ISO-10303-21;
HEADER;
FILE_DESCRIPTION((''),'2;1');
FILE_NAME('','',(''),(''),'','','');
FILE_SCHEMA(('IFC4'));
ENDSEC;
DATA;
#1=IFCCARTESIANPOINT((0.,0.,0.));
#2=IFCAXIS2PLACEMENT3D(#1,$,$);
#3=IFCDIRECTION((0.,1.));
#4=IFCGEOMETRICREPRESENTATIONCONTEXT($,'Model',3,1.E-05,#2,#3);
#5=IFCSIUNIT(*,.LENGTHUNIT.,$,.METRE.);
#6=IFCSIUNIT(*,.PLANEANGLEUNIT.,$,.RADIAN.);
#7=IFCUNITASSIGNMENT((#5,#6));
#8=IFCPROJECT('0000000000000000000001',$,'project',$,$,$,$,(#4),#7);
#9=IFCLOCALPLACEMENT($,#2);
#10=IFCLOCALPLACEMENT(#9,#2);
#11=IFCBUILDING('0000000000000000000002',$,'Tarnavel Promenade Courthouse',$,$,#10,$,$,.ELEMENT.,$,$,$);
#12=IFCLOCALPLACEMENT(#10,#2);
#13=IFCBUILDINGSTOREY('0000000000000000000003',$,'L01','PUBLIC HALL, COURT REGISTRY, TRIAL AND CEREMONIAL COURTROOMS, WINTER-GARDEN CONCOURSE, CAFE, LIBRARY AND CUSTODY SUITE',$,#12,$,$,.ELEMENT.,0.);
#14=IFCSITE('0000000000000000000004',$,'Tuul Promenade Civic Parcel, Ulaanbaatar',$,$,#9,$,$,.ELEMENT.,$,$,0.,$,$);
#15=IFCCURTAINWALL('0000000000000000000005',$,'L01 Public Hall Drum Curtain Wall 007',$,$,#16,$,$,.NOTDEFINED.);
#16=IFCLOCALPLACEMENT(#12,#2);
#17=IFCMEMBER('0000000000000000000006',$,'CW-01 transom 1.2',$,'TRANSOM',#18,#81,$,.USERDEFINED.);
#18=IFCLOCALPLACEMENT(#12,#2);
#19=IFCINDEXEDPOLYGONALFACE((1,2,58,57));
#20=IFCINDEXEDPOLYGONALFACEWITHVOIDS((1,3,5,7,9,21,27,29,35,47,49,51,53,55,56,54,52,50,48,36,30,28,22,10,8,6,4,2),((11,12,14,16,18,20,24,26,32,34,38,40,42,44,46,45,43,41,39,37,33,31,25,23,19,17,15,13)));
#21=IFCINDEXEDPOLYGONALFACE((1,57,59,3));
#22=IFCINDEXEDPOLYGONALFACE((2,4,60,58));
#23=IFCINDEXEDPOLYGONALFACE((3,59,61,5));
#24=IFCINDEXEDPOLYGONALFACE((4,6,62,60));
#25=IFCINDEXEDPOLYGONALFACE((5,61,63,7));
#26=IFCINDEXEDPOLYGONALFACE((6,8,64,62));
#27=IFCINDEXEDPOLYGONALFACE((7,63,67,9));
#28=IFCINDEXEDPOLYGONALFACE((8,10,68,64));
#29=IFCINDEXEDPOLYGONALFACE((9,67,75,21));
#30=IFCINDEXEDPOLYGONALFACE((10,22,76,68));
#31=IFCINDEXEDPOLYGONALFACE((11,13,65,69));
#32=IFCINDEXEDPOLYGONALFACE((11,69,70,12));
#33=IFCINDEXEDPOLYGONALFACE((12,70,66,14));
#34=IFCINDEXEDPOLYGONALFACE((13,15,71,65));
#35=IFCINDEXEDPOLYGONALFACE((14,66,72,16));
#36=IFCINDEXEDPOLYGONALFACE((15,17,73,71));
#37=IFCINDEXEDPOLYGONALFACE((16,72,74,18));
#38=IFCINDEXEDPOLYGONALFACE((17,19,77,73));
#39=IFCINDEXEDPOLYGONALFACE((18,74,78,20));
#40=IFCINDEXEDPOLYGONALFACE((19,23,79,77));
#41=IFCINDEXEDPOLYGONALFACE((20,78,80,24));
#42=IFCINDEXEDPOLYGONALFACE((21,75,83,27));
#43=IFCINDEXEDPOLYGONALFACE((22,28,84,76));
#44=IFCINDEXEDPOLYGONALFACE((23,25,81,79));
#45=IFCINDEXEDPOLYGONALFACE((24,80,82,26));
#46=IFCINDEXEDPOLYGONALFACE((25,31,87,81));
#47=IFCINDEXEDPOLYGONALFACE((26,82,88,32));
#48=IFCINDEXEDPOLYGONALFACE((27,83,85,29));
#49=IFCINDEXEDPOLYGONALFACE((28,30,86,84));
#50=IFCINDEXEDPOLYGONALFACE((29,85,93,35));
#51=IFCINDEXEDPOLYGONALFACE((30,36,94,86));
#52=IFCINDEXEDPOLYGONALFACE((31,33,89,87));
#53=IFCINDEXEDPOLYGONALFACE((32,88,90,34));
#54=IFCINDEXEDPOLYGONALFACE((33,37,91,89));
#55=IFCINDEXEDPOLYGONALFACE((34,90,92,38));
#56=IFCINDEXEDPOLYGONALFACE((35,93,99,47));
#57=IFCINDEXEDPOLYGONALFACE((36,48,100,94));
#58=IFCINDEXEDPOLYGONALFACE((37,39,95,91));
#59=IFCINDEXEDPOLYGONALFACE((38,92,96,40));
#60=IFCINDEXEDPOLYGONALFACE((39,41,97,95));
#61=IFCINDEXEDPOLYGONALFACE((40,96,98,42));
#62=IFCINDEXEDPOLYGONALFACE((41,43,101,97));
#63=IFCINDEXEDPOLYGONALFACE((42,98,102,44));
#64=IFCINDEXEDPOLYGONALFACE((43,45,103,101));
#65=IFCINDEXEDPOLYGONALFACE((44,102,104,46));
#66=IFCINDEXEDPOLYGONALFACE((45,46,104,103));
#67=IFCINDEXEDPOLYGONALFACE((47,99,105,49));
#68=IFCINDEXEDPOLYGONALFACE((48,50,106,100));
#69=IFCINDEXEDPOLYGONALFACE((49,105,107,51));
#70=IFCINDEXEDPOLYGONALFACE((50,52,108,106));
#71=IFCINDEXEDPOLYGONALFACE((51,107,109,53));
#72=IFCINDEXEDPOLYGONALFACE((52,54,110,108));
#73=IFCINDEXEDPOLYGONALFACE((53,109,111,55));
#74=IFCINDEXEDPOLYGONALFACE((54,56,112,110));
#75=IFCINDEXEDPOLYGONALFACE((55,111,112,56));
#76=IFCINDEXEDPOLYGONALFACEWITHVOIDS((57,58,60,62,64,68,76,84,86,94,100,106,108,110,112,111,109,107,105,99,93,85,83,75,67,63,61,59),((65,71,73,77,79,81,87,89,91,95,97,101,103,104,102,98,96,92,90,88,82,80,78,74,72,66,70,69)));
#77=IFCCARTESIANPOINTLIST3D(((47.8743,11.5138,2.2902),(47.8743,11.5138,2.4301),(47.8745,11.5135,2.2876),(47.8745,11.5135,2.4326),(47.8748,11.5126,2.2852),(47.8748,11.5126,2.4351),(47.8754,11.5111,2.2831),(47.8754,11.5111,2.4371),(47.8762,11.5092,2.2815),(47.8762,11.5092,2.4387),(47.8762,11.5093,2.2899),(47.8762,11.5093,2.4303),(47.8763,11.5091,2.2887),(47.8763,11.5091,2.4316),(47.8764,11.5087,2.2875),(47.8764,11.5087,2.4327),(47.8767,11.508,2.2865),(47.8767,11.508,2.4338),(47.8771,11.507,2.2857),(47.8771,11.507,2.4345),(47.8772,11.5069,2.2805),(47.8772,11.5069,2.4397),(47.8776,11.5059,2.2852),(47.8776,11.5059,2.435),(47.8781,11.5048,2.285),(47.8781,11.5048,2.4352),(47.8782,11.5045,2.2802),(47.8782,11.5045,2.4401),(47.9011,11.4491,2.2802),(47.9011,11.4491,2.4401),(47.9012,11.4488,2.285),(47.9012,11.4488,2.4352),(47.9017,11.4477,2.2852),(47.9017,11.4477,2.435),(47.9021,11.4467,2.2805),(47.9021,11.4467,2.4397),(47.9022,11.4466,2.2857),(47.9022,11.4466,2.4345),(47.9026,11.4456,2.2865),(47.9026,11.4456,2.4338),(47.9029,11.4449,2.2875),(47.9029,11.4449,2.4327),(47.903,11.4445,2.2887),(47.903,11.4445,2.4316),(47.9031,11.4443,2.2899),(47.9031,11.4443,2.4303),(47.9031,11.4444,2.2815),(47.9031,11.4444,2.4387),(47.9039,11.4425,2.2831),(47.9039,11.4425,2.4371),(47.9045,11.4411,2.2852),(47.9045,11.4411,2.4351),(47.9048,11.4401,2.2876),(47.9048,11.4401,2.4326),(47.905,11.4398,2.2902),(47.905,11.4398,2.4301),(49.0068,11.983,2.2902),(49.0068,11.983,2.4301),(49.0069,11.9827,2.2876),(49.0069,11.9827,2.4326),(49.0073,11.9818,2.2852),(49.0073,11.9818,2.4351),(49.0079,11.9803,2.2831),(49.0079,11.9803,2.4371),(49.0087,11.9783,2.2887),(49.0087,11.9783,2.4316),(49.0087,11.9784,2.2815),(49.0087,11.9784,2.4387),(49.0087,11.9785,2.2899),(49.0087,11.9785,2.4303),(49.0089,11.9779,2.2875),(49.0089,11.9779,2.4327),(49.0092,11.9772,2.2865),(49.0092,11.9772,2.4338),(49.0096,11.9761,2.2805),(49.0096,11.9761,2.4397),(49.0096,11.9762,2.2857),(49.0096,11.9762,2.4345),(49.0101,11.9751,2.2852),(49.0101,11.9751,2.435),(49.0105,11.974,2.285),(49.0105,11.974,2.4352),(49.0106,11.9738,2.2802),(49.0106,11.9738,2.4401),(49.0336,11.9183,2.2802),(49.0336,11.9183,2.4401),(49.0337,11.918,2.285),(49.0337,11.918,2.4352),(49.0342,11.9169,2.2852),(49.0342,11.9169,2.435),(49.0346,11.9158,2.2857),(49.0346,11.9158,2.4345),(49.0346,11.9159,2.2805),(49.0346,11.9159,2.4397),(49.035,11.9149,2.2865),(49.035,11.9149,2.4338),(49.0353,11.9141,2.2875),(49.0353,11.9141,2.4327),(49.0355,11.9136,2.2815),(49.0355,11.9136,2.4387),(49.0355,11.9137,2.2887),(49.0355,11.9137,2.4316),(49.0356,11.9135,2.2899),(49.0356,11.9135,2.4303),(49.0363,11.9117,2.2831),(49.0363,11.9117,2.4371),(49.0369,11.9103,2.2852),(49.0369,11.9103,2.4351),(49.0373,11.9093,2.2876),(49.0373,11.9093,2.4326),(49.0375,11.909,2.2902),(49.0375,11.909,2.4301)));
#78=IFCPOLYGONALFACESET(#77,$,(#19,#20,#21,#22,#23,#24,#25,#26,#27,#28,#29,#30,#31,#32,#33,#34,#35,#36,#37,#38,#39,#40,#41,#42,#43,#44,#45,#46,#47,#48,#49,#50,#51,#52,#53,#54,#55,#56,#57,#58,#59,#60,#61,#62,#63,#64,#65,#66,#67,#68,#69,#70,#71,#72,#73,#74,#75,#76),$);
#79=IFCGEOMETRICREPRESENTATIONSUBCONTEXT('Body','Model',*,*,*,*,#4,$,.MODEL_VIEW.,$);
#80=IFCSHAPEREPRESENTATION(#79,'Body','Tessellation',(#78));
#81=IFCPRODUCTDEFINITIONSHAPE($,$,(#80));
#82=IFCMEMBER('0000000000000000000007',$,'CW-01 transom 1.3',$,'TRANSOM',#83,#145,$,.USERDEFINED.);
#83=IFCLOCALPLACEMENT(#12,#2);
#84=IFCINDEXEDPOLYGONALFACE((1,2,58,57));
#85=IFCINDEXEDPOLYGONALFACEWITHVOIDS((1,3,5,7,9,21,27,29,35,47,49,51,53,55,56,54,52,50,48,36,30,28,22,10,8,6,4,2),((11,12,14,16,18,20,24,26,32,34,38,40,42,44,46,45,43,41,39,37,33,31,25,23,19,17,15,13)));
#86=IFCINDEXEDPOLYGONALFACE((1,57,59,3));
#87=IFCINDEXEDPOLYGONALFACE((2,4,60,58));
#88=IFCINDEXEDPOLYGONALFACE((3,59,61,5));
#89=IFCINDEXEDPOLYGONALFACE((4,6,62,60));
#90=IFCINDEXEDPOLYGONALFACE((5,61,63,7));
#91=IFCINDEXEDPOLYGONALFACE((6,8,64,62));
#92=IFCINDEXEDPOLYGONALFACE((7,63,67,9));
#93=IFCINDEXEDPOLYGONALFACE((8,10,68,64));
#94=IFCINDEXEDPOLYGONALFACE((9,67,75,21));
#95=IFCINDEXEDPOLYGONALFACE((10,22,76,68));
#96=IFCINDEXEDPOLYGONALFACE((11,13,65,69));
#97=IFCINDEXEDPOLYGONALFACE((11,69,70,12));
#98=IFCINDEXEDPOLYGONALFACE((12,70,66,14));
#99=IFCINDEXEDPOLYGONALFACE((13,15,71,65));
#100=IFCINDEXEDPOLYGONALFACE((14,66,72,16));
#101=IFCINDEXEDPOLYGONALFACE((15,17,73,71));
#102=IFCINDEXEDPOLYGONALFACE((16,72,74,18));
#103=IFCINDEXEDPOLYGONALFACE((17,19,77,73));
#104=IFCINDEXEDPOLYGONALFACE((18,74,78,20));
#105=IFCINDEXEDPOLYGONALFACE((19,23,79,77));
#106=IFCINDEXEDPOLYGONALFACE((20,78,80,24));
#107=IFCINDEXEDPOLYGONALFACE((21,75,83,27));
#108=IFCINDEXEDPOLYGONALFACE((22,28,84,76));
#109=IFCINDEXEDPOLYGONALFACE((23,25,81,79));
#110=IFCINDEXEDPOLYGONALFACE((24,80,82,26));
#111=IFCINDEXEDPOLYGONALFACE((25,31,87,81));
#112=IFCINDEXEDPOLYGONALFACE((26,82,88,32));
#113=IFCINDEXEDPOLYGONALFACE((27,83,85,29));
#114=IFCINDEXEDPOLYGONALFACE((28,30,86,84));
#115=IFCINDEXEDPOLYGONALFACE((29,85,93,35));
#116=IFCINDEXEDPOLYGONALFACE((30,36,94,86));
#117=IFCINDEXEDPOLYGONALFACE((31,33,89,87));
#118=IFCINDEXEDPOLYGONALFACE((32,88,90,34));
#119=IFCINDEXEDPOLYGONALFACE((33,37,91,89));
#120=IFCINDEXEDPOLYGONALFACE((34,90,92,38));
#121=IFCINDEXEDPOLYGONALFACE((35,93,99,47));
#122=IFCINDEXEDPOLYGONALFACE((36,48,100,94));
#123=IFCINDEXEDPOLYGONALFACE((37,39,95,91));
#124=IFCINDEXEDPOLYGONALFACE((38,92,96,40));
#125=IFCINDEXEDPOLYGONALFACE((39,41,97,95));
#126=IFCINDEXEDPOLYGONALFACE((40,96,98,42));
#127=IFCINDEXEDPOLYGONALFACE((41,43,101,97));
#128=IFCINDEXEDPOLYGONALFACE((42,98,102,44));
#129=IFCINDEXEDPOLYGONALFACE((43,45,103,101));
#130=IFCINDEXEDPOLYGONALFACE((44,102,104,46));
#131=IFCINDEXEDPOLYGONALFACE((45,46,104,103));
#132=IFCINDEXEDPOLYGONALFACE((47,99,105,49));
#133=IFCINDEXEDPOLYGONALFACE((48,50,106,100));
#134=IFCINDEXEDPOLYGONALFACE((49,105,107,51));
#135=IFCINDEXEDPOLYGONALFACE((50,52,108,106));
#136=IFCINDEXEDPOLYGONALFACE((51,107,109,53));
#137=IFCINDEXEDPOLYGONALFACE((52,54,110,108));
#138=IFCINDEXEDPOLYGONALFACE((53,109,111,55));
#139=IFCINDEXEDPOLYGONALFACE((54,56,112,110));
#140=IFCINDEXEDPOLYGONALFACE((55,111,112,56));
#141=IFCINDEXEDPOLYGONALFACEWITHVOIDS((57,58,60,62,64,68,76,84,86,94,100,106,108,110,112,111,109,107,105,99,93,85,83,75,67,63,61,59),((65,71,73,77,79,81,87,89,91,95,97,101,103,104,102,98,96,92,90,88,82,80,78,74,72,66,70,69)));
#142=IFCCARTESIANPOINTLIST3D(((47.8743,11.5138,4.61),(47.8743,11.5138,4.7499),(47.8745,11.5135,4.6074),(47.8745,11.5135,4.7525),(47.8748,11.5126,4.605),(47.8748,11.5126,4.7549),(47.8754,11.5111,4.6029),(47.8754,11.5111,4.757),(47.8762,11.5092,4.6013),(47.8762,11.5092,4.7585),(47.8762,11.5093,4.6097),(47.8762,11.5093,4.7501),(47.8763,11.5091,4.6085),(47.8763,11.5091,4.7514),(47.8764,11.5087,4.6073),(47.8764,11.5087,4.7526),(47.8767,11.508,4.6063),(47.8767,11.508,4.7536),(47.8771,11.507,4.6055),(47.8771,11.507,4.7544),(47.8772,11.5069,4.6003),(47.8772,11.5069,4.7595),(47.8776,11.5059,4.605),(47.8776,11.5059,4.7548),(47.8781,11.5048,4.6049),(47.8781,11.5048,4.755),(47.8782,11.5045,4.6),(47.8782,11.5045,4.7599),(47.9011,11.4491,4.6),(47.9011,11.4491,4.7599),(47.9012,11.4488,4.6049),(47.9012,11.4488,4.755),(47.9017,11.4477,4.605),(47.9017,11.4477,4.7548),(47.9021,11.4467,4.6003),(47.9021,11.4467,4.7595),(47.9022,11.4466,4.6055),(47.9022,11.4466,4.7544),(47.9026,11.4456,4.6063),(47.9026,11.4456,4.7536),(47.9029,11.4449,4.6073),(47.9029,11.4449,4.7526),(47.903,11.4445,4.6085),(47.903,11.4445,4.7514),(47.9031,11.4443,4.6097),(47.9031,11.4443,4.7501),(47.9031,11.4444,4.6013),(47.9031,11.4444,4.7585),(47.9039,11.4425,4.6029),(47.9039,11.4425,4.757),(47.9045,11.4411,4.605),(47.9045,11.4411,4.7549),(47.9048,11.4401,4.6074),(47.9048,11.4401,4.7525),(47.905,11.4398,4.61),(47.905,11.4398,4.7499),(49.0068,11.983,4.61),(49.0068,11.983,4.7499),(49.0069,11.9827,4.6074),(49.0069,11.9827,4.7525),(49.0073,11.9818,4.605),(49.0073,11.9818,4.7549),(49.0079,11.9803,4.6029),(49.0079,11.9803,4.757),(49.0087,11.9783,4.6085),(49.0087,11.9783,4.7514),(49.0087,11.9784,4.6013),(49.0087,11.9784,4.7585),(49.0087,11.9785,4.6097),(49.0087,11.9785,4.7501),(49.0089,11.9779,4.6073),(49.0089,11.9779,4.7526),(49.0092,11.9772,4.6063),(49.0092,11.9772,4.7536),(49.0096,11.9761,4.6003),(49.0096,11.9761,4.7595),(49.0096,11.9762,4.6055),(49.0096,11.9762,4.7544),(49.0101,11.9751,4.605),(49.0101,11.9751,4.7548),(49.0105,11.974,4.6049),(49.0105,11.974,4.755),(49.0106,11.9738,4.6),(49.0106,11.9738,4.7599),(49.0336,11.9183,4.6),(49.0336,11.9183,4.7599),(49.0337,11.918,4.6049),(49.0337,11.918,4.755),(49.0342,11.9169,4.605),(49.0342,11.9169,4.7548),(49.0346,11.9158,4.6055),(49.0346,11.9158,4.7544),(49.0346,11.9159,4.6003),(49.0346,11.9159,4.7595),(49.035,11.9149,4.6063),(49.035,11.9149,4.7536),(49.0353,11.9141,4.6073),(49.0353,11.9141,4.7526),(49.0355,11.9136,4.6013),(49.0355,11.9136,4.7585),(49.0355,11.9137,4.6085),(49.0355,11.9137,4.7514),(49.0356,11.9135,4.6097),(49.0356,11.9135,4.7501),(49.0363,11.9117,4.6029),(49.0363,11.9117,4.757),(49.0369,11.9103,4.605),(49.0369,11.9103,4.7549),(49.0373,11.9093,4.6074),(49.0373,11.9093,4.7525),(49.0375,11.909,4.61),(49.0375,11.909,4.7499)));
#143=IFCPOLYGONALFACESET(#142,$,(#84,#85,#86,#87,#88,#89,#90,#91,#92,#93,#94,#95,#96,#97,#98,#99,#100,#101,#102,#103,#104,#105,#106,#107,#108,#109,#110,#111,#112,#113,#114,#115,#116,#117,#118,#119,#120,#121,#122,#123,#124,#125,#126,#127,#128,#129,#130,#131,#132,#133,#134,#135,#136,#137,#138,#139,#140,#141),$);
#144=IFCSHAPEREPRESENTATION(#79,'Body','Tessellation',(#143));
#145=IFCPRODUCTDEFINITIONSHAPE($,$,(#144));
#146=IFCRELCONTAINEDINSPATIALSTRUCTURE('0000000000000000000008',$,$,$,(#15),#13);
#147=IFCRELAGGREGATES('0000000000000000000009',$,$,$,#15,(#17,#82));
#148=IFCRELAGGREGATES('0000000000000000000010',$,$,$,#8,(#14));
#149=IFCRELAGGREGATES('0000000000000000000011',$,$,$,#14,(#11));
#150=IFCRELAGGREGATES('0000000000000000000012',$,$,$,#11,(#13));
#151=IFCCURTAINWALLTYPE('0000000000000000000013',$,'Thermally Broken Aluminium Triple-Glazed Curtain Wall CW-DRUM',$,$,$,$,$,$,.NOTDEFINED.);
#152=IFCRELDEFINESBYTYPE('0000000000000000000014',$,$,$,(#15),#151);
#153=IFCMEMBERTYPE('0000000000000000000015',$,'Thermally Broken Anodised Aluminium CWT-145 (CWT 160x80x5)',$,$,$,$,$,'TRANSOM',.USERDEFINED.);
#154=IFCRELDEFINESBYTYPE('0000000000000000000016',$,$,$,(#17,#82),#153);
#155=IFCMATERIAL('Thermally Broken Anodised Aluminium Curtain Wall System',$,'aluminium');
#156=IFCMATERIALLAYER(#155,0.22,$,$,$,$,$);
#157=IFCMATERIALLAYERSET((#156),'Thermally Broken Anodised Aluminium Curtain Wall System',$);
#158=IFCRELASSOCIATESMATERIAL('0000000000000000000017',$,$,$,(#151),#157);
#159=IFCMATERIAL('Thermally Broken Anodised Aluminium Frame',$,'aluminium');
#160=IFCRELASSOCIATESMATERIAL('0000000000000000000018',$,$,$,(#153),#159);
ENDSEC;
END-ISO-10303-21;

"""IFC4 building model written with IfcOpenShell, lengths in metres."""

from ifc_helpers import new_model, si_unit, direction, frame, origin, origin_2d, place, context, subcontext, project, spatial, hollow_rectangle, extrude, material, layer, layer_set, material_profile, profile_set, type_object, element, aggregate, save


model = new_model("IFC4")

# Units and contexts
model_context = context("Model", 3, precision=1e-05, world=origin(), true_north=direction((0.0, 1.0)))
body_context = subcontext(model_context, "Body", "Model", "MODEL_VIEW")
ifc_project = project(units=[si_unit("LENGTHUNIT", "METRE"), si_unit("PLANEANGLEUNIT", "RADIAN")], contexts=[model_context])

# Site, building, storey
site_placement = place(None, origin())
site = spatial("IfcSite", under=ifc_project, at=site_placement, Name="Tuul Promenade Civic Parcel, Ulaanbaatar", CompositionType="ELEMENT", RefElevation=0.0)
building_placement = place(site_placement, origin())
building = spatial("IfcBuilding", under=site, at=building_placement, Name="Tarnavel Promenade Courthouse", CompositionType="ELEMENT")
storey_placement = place(building_placement, origin())
storey = spatial("IfcBuildingStorey", under=building, at=storey_placement, Name="L01", Description="PUBLIC HALL, COURT REGISTRY, TRIAL AND CEREMONIAL COURTROOMS, WINTER-GARDEN CONCOURSE, CAFE, LIBRARY AND CUSTODY SUITE", CompositionType="ELEMENT", Elevation=0.0)

# Curtain wall
ifc_material_1 = material(Name="Thermally Broken Anodised Aluminium Curtain Wall System", Category="aluminium")
ifc_layer_1 = layer(ifc_material_1, 0.22)
ifc_layer_set_1 = layer_set([ifc_layer_1], Name="Thermally Broken Anodised Aluminium Curtain Wall System")
curtain_wall_type = type_object("IfcCurtainWallType", Name="Thermally Broken Aluminium Triple-Glazed Curtain Wall CW-DRUM", PredefinedType="NOTDEFINED", material=ifc_layer_set_1)
ifc_material_2 = material(Name="Thermally Broken Anodised Aluminium Frame", Category="aluminium")
curtain_wall_1_placement = place(storey_placement, origin())
curtain_wall_1 = element("IfcCurtainWall", 1, at=curtain_wall_1_placement, inside=storey, type_object=curtain_wall_type, Name="L01 Public Hall Drum Curtain Wall 007", PredefinedType="NOTDEFINED")

# Members
ifc_material_profile_1 = material_profile(ifc_material_2, hollow_rectangle(XDim=0.0801, YDim=0.1599, WallThickness=0.0049, InnerFilletRadius=0.0049, OuterFilletRadius=0.01, at=origin_2d()), Name="CWT 160x80x5")
ifc_profile_set_1 = profile_set([ifc_material_profile_1], Name="Thermally Broken Anodised Aluminium Frame")
member_type_1 = type_object("IfcMemberType", Name="Thermally Broken Anodised Aluminium CWT-145 (CWT 160x80x5)", ElementType="TRANSOM", PredefinedType="USERDEFINED", material=ifc_profile_set_1)
member_1_placement = place(storey_placement, frame((47.8896, 11.4768, 2.3601), z_axis=(0.923847, 0.382762, 0.0), x_axis=(-0.382762, 0.923847, 0.0)))
member_1 = element("IfcMember", 2, at=member_1_placement, type_object=member_type_1, Name="CW-01 transom 1.2", ObjectType="TRANSOM", PredefinedType="USERDEFINED", context=body_context, shape_type="SweptSolid", body=[
    extrude(hollow_rectangle(XDim=0.0801, YDim=0.1599, WallThickness=0.0049, InnerFilletRadius=0.0049, OuterFilletRadius=0.01, at=origin_2d()), origin(), (0.0, 0.0, 1.0), 1.2258),
])
member_2_placement = place(storey_placement, frame((47.8896, 11.4768, 4.6799), z_axis=(0.923847, 0.382762, 0.0), x_axis=(-0.382762, 0.923847, 0.0)))
member_2 = element("IfcMember", 3, at=member_2_placement, type_object=member_type_1, Name="CW-01 transom 1.3", ObjectType="TRANSOM", PredefinedType="USERDEFINED", context=body_context, shape_type="SweptSolid", body=[
    extrude(hollow_rectangle(XDim=0.0801, YDim=0.1599, WallThickness=0.0049, InnerFilletRadius=0.0049, OuterFilletRadius=0.01, at=origin_2d()), origin(), (0.0, 0.0, 1.0), 1.2258),
])

aggregate(curtain_wall_1, [member_1, member_2])

save(model, "model.ifc")
